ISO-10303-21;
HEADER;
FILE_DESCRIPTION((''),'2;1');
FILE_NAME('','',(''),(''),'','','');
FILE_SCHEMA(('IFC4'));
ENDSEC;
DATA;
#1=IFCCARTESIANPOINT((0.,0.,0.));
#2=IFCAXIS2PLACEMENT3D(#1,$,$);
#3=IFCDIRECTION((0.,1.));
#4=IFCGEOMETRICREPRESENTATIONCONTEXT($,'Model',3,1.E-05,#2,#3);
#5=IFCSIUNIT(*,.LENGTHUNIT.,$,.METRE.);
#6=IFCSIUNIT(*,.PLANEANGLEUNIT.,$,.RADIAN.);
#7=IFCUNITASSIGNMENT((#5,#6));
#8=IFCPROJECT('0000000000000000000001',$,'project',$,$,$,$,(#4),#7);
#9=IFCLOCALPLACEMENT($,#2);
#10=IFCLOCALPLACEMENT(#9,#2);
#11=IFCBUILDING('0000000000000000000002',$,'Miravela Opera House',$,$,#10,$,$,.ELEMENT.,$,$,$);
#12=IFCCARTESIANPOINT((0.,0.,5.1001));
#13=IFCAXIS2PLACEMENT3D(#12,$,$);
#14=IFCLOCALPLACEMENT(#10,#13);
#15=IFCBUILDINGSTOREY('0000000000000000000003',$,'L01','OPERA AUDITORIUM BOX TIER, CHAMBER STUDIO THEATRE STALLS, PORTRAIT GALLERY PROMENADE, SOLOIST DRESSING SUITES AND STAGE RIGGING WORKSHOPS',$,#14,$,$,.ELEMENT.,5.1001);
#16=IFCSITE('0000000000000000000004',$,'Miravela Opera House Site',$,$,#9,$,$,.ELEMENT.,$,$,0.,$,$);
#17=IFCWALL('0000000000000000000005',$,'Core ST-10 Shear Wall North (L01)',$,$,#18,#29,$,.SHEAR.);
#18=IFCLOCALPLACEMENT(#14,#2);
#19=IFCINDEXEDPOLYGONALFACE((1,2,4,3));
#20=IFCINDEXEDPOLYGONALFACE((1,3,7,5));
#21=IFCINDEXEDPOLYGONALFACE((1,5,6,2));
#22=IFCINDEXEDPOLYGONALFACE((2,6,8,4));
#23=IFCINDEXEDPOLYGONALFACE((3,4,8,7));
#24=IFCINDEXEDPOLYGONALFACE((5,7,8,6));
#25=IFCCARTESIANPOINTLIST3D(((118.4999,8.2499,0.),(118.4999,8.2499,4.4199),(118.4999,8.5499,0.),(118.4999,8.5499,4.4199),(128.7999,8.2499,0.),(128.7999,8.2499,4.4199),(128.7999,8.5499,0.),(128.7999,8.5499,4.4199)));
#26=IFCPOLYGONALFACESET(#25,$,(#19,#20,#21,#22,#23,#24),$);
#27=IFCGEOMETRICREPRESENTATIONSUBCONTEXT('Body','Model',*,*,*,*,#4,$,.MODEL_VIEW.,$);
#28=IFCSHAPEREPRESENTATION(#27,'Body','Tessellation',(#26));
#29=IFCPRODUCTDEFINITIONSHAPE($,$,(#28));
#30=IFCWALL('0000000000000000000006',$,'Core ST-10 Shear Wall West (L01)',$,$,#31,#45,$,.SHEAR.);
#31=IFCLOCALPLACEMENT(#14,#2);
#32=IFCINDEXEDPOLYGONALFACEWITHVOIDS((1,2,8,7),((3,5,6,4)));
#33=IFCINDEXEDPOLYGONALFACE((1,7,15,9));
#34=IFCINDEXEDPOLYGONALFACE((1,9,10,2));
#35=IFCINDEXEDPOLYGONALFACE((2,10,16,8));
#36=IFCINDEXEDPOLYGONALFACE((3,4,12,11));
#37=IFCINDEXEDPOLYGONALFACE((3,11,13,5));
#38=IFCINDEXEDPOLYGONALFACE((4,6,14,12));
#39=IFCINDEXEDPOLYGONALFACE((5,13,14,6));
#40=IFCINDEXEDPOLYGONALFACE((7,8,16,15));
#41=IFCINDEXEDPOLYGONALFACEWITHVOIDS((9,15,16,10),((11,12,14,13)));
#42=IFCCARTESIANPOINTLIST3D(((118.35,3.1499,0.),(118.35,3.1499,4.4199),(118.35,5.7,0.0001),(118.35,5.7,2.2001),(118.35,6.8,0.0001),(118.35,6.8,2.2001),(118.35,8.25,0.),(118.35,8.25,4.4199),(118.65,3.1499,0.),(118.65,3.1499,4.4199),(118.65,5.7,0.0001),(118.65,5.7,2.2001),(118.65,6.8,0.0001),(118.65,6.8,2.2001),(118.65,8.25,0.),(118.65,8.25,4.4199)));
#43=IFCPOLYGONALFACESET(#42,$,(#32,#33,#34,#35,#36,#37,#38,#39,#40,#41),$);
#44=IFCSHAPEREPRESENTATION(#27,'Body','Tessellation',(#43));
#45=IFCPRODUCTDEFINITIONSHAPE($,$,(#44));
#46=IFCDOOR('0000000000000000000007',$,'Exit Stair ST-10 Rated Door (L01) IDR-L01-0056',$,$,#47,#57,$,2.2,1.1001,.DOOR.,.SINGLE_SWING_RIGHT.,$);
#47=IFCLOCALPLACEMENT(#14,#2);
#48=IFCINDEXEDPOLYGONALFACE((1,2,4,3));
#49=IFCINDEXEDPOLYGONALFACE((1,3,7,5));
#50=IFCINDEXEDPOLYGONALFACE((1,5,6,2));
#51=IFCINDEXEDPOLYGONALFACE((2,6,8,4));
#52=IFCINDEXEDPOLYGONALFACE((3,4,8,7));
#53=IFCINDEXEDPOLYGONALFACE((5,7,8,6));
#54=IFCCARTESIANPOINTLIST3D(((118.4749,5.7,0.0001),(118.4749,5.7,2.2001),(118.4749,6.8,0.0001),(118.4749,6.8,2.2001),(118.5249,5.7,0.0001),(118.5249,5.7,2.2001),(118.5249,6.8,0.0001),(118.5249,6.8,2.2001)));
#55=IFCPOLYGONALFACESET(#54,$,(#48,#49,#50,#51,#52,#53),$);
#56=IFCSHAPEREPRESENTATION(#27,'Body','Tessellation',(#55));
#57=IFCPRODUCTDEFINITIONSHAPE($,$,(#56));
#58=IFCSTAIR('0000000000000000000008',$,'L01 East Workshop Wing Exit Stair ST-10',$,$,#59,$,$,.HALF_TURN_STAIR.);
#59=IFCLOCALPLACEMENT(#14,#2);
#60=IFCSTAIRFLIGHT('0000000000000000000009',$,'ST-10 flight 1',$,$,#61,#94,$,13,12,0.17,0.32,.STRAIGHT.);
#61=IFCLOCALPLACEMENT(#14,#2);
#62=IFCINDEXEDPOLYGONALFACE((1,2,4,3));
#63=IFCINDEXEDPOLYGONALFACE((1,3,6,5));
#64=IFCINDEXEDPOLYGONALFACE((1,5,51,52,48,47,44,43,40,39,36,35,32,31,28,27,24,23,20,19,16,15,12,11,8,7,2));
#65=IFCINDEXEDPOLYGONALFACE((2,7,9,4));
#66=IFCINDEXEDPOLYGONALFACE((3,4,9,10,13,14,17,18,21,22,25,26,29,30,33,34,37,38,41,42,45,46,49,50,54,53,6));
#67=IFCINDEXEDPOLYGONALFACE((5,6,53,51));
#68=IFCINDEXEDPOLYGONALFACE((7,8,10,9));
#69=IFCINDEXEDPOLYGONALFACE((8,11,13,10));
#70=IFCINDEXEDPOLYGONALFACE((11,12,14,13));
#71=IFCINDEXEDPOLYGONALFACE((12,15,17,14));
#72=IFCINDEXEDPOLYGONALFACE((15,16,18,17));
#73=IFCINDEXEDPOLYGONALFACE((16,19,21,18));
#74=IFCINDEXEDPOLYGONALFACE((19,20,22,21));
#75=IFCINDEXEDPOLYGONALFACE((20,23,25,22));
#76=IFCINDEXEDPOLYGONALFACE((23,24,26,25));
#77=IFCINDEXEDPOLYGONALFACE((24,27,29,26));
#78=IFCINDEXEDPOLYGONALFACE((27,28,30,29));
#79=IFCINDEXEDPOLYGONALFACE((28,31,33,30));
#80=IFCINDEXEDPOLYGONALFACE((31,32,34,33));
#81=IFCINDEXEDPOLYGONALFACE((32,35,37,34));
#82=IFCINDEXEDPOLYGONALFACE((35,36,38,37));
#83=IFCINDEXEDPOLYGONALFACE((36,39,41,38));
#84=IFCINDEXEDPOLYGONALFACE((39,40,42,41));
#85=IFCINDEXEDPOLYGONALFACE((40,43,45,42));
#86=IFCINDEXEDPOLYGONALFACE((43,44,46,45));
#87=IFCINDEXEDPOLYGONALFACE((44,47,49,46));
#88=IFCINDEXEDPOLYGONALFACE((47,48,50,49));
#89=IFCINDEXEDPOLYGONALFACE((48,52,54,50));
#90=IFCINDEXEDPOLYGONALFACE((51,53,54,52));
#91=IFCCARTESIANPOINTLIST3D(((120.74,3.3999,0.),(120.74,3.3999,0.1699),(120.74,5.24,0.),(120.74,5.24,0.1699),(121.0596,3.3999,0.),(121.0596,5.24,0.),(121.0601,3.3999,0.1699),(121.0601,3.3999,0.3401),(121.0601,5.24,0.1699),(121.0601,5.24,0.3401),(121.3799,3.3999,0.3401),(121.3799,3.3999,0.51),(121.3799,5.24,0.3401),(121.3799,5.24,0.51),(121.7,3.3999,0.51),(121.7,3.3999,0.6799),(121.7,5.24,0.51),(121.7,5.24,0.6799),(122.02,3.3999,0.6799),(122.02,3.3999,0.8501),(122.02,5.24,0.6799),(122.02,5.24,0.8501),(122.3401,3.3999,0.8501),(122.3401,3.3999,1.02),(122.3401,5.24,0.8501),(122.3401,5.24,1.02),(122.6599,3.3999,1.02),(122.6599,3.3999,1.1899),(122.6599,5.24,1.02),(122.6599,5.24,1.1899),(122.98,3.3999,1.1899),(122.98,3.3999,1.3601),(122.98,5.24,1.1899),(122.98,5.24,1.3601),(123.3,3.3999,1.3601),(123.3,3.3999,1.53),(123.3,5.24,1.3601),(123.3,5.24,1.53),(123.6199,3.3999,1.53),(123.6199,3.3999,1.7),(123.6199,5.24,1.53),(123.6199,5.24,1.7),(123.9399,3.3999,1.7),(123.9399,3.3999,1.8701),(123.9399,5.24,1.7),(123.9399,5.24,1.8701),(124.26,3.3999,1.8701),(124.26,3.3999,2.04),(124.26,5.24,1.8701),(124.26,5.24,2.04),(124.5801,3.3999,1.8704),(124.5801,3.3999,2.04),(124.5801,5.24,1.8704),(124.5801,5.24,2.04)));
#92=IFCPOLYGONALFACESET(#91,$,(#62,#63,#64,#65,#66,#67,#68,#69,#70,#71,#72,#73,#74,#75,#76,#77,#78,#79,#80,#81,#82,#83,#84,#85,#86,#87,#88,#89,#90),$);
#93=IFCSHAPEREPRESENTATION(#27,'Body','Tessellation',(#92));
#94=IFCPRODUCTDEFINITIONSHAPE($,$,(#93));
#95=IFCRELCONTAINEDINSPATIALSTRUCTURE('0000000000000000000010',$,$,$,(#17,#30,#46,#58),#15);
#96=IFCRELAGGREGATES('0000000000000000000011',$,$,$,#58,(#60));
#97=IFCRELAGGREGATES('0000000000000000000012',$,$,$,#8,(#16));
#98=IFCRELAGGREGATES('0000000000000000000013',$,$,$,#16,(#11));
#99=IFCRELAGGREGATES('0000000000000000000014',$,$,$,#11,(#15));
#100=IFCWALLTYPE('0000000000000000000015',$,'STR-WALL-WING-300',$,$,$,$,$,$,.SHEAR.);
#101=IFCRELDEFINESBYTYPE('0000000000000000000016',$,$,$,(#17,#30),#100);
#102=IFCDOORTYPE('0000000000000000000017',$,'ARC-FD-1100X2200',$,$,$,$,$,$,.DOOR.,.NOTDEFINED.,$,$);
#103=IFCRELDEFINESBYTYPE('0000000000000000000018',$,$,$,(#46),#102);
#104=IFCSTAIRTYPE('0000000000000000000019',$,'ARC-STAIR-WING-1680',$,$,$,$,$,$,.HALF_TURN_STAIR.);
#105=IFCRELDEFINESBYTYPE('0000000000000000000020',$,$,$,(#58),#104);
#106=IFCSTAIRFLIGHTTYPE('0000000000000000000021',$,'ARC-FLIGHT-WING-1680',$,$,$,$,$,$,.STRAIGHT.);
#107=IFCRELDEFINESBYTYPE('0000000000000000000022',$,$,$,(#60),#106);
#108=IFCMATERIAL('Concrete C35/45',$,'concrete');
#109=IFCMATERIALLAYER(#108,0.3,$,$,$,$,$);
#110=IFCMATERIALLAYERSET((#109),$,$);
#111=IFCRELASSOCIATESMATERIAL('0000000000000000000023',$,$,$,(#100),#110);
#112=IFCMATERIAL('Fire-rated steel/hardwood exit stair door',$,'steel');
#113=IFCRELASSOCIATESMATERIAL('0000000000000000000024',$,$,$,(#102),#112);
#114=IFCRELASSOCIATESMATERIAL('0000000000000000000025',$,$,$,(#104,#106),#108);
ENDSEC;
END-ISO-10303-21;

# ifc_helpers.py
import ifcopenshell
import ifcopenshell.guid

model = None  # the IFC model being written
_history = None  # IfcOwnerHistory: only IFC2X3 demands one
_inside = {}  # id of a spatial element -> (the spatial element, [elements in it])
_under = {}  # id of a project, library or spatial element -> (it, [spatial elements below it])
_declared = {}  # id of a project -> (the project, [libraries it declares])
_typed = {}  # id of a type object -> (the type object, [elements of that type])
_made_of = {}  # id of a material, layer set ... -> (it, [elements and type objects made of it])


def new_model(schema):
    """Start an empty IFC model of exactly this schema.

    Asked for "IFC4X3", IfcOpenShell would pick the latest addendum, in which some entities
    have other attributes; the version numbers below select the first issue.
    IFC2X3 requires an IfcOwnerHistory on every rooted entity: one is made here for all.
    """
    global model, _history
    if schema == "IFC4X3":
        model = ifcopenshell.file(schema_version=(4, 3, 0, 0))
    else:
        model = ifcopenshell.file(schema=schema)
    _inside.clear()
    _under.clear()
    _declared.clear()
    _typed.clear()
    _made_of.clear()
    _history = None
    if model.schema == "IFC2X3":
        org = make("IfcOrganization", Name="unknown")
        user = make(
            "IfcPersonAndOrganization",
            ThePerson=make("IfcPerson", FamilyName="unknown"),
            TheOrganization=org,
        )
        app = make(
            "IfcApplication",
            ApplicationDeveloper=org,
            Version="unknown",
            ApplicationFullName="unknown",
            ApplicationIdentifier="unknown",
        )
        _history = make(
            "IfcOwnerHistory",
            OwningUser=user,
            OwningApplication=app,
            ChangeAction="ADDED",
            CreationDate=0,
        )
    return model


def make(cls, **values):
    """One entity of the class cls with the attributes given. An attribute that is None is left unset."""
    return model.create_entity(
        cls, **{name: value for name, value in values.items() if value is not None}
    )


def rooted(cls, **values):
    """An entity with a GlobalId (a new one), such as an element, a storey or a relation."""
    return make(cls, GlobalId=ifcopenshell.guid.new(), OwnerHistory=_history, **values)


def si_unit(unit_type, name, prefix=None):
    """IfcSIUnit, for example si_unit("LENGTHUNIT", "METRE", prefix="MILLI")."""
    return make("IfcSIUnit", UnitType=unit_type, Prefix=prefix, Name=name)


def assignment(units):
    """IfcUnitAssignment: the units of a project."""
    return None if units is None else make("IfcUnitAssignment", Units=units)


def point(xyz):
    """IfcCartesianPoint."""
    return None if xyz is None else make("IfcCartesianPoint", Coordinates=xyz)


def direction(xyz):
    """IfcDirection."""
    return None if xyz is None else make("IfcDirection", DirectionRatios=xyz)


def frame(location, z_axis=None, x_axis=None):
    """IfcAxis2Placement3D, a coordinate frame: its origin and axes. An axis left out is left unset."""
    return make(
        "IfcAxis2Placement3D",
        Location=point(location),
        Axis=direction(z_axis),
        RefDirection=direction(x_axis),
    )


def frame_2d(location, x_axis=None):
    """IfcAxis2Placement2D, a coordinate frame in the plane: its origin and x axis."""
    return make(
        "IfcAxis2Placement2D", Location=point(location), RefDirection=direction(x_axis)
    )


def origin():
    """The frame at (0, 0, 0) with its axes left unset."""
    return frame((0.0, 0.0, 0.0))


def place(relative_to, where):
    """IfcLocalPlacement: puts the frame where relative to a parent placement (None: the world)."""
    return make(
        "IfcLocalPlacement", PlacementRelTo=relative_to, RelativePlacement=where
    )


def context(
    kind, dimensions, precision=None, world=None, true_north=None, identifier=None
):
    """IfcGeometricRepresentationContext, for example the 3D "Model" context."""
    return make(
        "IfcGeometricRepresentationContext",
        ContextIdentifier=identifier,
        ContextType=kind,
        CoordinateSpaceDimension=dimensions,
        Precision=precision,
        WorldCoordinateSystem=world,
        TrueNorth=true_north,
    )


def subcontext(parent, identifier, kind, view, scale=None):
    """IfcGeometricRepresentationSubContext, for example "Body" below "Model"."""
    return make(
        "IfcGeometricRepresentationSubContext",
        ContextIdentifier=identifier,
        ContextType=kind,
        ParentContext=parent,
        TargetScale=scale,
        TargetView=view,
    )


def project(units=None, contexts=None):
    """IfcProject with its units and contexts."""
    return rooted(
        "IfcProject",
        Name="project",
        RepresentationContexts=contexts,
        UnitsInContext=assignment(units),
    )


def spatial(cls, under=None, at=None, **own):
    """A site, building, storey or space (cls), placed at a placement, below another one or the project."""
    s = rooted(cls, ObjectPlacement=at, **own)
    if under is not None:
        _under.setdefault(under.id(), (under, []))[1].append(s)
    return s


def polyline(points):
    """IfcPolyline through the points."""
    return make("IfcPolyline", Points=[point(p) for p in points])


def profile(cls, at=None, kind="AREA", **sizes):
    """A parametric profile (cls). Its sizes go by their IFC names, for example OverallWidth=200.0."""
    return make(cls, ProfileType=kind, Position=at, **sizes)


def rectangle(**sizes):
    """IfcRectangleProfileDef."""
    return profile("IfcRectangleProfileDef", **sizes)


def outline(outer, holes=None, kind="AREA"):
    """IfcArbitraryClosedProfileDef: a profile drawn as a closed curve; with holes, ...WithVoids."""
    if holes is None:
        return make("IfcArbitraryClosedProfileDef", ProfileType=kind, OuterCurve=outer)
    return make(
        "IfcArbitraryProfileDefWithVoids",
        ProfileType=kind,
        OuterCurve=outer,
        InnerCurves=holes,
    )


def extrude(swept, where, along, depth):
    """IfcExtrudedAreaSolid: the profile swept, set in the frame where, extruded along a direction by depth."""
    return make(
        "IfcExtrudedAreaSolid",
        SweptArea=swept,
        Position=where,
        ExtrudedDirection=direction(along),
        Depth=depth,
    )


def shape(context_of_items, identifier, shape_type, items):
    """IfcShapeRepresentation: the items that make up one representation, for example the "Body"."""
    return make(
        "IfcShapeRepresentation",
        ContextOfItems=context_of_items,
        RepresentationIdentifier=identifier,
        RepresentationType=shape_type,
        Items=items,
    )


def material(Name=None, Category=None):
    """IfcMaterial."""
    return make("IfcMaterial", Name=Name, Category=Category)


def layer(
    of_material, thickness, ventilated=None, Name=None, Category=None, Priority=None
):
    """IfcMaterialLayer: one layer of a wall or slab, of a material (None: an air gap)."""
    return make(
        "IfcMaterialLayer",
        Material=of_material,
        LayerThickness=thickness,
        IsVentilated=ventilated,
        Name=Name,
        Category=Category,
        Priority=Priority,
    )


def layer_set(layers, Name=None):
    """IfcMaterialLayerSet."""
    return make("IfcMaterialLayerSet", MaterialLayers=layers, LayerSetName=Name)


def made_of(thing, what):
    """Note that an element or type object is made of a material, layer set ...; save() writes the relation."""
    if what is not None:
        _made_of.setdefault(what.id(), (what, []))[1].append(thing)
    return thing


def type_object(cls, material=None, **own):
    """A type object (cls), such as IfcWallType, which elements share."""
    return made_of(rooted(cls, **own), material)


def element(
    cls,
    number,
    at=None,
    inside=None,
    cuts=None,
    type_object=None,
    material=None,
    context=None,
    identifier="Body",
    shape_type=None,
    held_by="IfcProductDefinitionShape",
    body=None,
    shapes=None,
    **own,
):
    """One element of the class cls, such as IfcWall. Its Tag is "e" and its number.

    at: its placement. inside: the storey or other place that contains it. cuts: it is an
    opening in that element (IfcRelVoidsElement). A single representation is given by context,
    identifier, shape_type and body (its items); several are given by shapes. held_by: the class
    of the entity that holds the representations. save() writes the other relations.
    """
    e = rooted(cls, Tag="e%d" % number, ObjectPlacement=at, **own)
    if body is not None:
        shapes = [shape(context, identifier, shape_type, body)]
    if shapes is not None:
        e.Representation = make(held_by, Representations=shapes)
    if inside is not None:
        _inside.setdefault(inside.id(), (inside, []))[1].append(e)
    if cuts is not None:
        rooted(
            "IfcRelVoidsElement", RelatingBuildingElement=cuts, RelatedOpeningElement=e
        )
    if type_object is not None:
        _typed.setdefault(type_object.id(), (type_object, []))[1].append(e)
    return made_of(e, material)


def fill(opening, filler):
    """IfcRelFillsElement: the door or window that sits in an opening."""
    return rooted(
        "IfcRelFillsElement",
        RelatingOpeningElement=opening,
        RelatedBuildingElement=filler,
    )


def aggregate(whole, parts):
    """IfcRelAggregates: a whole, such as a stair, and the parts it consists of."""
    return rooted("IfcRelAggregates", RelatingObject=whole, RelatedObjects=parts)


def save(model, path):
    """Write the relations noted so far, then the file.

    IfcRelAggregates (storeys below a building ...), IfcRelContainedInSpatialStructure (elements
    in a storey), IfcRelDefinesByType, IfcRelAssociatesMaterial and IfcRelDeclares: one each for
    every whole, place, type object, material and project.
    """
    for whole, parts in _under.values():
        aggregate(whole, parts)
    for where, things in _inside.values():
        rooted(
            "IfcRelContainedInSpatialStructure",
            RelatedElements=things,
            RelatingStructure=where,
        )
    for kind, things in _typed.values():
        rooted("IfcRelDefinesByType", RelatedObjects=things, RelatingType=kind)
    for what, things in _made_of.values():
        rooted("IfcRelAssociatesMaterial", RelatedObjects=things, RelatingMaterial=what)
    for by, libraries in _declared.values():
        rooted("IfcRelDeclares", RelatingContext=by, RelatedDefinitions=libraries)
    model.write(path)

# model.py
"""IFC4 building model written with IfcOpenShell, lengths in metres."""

from ifc_helpers import new_model, si_unit, direction, frame, frame_2d, origin, place, context, subcontext, project, spatial, polyline, rectangle, outline, extrude, material, layer, layer_set, type_object, element, fill, aggregate, save


model = new_model("IFC4")

# Units and contexts
model_context = context("Model", 3, precision=1e-05, world=origin(), true_north=direction((0.0, 1.0)))
body_context = subcontext(model_context, "Body", "Model", "MODEL_VIEW")
ifc_project = project(units=[si_unit("LENGTHUNIT", "METRE"), si_unit("PLANEANGLEUNIT", "RADIAN")], contexts=[model_context])

# Site, building, storey
site_placement = place(None, origin())
site = spatial("IfcSite", under=ifc_project, at=site_placement, Name="Miravela Opera House Site", CompositionType="ELEMENT", RefElevation=0.0)
building_placement = place(site_placement, origin())
building = spatial("IfcBuilding", under=site, at=building_placement, Name="Miravela Opera House", CompositionType="ELEMENT")
storey_placement = place(building_placement, frame((0.0, 0.0, 5.1001)))
storey = spatial("IfcBuildingStorey", under=building, at=storey_placement, Name="L01", Description="OPERA AUDITORIUM BOX TIER, CHAMBER STUDIO THEATRE STALLS, PORTRAIT GALLERY PROMENADE, SOLOIST DRESSING SUITES AND STAGE RIGGING WORKSHOPS", CompositionType="ELEMENT", Elevation=5.1001)

# Shared definitions
ifc_material_1 = material(Name="Concrete C35/45", Category="concrete")

# Wall
ifc_layer_1 = layer(ifc_material_1, 0.3)
ifc_layer_set_1 = layer_set([ifc_layer_1])
wall_type = type_object("IfcWallType", Name="STR-WALL-WING-300", PredefinedType="SHEAR", material=ifc_layer_set_1)
wall_1_placement = place(storey_placement, frame((118.5, 8.3999, 0.0), z_axis=(0.0, 0.0, 1.0), x_axis=(1.0, 0.0, 0.0)))
element("IfcWall", 1, at=wall_1_placement, inside=storey, type_object=wall_type, Name="Core ST-10 Shear Wall North (L01)", PredefinedType="SHEAR", context=body_context, shape_type="SweptSolid", body=[
    extrude(rectangle(XDim=10.3, YDim=0.3, at=frame_2d((5.1499, 0.0))), origin(), (0.0, 0.0, 1.0), 4.4199),
])

# Wall, opening, door
wall_2_placement = place(storey_placement, frame((118.5, 3.1499, 0.0), z_axis=(0.0, 0.0, 1.0), x_axis=(0.0, 1.0, 0.0)))
wall_2 = element("IfcWall", 2, at=wall_2_placement, inside=storey, type_object=wall_type, Name="Core ST-10 Shear Wall West (L01)", PredefinedType="SHEAR", context=body_context, shape_type="SweptSolid", body=[
    extrude(rectangle(XDim=5.1001, YDim=0.3, at=frame_2d((2.55, 0.0))), origin(), (0.0, 0.0, 1.0), 4.4199),
])
opening_placement = place(wall_2_placement, frame((2.55, 0.0, 0.0)))
opening = element("IfcOpeningElement", 3, at=opening_placement, cuts=wall_2, PredefinedType="OPENING", context=body_context, shape_type="SweptSolid", body=[
    extrude(rectangle(XDim=1.1001, YDim=2.2, at=frame_2d((0.55, 1.1001))), frame((0.0, 0.1599, 0.0), z_axis=(0.0, -1.0, 0.0), x_axis=(1.0, 0.0, 0.0)), (0.0, 0.0, 1.0), 0.3201),
])
ifc_material_2 = material(Name="Fire-rated steel/hardwood exit stair door", Category="steel")
door_type = type_object("IfcDoorType", Name="ARC-FD-1100X2200", OperationType="NOTDEFINED", PredefinedType="DOOR", material=ifc_material_2)
door_placement = place(opening_placement, frame((1.1001, 0.0, 0.0), z_axis=(0.0, 0.0, 1.0), x_axis=(-1.0, 0.0, 0.0)))
door = element("IfcDoor", 4, at=door_placement, inside=storey, type_object=door_type, Name="Exit Stair ST-10 Rated Door (L01) IDR-L01-0056", OperationType="SINGLE_SWING_RIGHT", OverallHeight=2.2, OverallWidth=1.1001, PredefinedType="DOOR", context=body_context, shape_type="SweptSolid", body=[
    extrude(rectangle(XDim=1.1001, YDim=2.2, at=frame_2d((0.55, 1.1001))), frame((0.0, 0.0249, 0.0), z_axis=(0.0, -1.0, 0.0), x_axis=(1.0, 0.0, 0.0)), (0.0, 0.0, 1.0), 0.05),
])
fill(opening, door)

# Stair, stair flight
stair_type = type_object("IfcStairType", Name="ARC-STAIR-WING-1680", PredefinedType="HALF_TURN_STAIR", material=ifc_material_1)
stair_placement = place(storey_placement, origin())
stair = element("IfcStair", 5, at=stair_placement, inside=storey, type_object=stair_type, Name="L01 East Workshop Wing Exit Stair ST-10", PredefinedType="HALF_TURN_STAIR")
stair_flight_type = type_object("IfcStairFlightType", Name="ARC-FLIGHT-WING-1680", PredefinedType="STRAIGHT", material=ifc_material_1)
stair_flight_placement = place(storey_placement, frame((120.74, 4.3201, 0.0), z_axis=(0.0, 0.0, 1.0), x_axis=(1.0, 0.0, 0.0)))
stair_flight = element("IfcStairFlight", 6, at=stair_flight_placement, type_object=stair_flight_type, Name="ST-10 flight 1", NumberOfRisers=13, NumberOfTreads=12, PredefinedType="STRAIGHT", RiserHeight=0.17, TreadLength=0.32, context=body_context, shape_type="SweptSolid", body=[
    extrude(outline(polyline([(0.0, 0.0), (0.0, 0.1699), (0.3201, 0.1699), (0.3201, 0.3401), (0.6399, 0.3401), (0.6399, 0.51), (0.96, 0.51), (0.96, 0.6799), (1.28, 0.6799), (1.28, 0.8501), (1.6001, 0.8501), (1.6001, 1.02), (1.9199, 1.02), (1.9199, 1.1899), (2.24, 1.1899), (2.24, 1.3601), (2.5601, 1.3601), (2.5601, 1.53), (2.8799, 1.53), (2.8799, 1.7), (3.2, 1.7), (3.2, 1.8701), (3.52, 1.8701), (3.52, 2.04), (3.8401, 2.04), (3.8401, 2.21), (3.8401, 1.8704), (0.3196, 0.0), (0.0, 0.0)])), frame((0.0, 0.9199, 0.0), z_axis=(0.0, -1.0, 0.0), x_axis=(1.0, 0.0, 0.0)), (0.0, 0.0, 1.0), 1.8401),
])
aggregate(stair, [stair_flight])

save(model, "model.ifc")
